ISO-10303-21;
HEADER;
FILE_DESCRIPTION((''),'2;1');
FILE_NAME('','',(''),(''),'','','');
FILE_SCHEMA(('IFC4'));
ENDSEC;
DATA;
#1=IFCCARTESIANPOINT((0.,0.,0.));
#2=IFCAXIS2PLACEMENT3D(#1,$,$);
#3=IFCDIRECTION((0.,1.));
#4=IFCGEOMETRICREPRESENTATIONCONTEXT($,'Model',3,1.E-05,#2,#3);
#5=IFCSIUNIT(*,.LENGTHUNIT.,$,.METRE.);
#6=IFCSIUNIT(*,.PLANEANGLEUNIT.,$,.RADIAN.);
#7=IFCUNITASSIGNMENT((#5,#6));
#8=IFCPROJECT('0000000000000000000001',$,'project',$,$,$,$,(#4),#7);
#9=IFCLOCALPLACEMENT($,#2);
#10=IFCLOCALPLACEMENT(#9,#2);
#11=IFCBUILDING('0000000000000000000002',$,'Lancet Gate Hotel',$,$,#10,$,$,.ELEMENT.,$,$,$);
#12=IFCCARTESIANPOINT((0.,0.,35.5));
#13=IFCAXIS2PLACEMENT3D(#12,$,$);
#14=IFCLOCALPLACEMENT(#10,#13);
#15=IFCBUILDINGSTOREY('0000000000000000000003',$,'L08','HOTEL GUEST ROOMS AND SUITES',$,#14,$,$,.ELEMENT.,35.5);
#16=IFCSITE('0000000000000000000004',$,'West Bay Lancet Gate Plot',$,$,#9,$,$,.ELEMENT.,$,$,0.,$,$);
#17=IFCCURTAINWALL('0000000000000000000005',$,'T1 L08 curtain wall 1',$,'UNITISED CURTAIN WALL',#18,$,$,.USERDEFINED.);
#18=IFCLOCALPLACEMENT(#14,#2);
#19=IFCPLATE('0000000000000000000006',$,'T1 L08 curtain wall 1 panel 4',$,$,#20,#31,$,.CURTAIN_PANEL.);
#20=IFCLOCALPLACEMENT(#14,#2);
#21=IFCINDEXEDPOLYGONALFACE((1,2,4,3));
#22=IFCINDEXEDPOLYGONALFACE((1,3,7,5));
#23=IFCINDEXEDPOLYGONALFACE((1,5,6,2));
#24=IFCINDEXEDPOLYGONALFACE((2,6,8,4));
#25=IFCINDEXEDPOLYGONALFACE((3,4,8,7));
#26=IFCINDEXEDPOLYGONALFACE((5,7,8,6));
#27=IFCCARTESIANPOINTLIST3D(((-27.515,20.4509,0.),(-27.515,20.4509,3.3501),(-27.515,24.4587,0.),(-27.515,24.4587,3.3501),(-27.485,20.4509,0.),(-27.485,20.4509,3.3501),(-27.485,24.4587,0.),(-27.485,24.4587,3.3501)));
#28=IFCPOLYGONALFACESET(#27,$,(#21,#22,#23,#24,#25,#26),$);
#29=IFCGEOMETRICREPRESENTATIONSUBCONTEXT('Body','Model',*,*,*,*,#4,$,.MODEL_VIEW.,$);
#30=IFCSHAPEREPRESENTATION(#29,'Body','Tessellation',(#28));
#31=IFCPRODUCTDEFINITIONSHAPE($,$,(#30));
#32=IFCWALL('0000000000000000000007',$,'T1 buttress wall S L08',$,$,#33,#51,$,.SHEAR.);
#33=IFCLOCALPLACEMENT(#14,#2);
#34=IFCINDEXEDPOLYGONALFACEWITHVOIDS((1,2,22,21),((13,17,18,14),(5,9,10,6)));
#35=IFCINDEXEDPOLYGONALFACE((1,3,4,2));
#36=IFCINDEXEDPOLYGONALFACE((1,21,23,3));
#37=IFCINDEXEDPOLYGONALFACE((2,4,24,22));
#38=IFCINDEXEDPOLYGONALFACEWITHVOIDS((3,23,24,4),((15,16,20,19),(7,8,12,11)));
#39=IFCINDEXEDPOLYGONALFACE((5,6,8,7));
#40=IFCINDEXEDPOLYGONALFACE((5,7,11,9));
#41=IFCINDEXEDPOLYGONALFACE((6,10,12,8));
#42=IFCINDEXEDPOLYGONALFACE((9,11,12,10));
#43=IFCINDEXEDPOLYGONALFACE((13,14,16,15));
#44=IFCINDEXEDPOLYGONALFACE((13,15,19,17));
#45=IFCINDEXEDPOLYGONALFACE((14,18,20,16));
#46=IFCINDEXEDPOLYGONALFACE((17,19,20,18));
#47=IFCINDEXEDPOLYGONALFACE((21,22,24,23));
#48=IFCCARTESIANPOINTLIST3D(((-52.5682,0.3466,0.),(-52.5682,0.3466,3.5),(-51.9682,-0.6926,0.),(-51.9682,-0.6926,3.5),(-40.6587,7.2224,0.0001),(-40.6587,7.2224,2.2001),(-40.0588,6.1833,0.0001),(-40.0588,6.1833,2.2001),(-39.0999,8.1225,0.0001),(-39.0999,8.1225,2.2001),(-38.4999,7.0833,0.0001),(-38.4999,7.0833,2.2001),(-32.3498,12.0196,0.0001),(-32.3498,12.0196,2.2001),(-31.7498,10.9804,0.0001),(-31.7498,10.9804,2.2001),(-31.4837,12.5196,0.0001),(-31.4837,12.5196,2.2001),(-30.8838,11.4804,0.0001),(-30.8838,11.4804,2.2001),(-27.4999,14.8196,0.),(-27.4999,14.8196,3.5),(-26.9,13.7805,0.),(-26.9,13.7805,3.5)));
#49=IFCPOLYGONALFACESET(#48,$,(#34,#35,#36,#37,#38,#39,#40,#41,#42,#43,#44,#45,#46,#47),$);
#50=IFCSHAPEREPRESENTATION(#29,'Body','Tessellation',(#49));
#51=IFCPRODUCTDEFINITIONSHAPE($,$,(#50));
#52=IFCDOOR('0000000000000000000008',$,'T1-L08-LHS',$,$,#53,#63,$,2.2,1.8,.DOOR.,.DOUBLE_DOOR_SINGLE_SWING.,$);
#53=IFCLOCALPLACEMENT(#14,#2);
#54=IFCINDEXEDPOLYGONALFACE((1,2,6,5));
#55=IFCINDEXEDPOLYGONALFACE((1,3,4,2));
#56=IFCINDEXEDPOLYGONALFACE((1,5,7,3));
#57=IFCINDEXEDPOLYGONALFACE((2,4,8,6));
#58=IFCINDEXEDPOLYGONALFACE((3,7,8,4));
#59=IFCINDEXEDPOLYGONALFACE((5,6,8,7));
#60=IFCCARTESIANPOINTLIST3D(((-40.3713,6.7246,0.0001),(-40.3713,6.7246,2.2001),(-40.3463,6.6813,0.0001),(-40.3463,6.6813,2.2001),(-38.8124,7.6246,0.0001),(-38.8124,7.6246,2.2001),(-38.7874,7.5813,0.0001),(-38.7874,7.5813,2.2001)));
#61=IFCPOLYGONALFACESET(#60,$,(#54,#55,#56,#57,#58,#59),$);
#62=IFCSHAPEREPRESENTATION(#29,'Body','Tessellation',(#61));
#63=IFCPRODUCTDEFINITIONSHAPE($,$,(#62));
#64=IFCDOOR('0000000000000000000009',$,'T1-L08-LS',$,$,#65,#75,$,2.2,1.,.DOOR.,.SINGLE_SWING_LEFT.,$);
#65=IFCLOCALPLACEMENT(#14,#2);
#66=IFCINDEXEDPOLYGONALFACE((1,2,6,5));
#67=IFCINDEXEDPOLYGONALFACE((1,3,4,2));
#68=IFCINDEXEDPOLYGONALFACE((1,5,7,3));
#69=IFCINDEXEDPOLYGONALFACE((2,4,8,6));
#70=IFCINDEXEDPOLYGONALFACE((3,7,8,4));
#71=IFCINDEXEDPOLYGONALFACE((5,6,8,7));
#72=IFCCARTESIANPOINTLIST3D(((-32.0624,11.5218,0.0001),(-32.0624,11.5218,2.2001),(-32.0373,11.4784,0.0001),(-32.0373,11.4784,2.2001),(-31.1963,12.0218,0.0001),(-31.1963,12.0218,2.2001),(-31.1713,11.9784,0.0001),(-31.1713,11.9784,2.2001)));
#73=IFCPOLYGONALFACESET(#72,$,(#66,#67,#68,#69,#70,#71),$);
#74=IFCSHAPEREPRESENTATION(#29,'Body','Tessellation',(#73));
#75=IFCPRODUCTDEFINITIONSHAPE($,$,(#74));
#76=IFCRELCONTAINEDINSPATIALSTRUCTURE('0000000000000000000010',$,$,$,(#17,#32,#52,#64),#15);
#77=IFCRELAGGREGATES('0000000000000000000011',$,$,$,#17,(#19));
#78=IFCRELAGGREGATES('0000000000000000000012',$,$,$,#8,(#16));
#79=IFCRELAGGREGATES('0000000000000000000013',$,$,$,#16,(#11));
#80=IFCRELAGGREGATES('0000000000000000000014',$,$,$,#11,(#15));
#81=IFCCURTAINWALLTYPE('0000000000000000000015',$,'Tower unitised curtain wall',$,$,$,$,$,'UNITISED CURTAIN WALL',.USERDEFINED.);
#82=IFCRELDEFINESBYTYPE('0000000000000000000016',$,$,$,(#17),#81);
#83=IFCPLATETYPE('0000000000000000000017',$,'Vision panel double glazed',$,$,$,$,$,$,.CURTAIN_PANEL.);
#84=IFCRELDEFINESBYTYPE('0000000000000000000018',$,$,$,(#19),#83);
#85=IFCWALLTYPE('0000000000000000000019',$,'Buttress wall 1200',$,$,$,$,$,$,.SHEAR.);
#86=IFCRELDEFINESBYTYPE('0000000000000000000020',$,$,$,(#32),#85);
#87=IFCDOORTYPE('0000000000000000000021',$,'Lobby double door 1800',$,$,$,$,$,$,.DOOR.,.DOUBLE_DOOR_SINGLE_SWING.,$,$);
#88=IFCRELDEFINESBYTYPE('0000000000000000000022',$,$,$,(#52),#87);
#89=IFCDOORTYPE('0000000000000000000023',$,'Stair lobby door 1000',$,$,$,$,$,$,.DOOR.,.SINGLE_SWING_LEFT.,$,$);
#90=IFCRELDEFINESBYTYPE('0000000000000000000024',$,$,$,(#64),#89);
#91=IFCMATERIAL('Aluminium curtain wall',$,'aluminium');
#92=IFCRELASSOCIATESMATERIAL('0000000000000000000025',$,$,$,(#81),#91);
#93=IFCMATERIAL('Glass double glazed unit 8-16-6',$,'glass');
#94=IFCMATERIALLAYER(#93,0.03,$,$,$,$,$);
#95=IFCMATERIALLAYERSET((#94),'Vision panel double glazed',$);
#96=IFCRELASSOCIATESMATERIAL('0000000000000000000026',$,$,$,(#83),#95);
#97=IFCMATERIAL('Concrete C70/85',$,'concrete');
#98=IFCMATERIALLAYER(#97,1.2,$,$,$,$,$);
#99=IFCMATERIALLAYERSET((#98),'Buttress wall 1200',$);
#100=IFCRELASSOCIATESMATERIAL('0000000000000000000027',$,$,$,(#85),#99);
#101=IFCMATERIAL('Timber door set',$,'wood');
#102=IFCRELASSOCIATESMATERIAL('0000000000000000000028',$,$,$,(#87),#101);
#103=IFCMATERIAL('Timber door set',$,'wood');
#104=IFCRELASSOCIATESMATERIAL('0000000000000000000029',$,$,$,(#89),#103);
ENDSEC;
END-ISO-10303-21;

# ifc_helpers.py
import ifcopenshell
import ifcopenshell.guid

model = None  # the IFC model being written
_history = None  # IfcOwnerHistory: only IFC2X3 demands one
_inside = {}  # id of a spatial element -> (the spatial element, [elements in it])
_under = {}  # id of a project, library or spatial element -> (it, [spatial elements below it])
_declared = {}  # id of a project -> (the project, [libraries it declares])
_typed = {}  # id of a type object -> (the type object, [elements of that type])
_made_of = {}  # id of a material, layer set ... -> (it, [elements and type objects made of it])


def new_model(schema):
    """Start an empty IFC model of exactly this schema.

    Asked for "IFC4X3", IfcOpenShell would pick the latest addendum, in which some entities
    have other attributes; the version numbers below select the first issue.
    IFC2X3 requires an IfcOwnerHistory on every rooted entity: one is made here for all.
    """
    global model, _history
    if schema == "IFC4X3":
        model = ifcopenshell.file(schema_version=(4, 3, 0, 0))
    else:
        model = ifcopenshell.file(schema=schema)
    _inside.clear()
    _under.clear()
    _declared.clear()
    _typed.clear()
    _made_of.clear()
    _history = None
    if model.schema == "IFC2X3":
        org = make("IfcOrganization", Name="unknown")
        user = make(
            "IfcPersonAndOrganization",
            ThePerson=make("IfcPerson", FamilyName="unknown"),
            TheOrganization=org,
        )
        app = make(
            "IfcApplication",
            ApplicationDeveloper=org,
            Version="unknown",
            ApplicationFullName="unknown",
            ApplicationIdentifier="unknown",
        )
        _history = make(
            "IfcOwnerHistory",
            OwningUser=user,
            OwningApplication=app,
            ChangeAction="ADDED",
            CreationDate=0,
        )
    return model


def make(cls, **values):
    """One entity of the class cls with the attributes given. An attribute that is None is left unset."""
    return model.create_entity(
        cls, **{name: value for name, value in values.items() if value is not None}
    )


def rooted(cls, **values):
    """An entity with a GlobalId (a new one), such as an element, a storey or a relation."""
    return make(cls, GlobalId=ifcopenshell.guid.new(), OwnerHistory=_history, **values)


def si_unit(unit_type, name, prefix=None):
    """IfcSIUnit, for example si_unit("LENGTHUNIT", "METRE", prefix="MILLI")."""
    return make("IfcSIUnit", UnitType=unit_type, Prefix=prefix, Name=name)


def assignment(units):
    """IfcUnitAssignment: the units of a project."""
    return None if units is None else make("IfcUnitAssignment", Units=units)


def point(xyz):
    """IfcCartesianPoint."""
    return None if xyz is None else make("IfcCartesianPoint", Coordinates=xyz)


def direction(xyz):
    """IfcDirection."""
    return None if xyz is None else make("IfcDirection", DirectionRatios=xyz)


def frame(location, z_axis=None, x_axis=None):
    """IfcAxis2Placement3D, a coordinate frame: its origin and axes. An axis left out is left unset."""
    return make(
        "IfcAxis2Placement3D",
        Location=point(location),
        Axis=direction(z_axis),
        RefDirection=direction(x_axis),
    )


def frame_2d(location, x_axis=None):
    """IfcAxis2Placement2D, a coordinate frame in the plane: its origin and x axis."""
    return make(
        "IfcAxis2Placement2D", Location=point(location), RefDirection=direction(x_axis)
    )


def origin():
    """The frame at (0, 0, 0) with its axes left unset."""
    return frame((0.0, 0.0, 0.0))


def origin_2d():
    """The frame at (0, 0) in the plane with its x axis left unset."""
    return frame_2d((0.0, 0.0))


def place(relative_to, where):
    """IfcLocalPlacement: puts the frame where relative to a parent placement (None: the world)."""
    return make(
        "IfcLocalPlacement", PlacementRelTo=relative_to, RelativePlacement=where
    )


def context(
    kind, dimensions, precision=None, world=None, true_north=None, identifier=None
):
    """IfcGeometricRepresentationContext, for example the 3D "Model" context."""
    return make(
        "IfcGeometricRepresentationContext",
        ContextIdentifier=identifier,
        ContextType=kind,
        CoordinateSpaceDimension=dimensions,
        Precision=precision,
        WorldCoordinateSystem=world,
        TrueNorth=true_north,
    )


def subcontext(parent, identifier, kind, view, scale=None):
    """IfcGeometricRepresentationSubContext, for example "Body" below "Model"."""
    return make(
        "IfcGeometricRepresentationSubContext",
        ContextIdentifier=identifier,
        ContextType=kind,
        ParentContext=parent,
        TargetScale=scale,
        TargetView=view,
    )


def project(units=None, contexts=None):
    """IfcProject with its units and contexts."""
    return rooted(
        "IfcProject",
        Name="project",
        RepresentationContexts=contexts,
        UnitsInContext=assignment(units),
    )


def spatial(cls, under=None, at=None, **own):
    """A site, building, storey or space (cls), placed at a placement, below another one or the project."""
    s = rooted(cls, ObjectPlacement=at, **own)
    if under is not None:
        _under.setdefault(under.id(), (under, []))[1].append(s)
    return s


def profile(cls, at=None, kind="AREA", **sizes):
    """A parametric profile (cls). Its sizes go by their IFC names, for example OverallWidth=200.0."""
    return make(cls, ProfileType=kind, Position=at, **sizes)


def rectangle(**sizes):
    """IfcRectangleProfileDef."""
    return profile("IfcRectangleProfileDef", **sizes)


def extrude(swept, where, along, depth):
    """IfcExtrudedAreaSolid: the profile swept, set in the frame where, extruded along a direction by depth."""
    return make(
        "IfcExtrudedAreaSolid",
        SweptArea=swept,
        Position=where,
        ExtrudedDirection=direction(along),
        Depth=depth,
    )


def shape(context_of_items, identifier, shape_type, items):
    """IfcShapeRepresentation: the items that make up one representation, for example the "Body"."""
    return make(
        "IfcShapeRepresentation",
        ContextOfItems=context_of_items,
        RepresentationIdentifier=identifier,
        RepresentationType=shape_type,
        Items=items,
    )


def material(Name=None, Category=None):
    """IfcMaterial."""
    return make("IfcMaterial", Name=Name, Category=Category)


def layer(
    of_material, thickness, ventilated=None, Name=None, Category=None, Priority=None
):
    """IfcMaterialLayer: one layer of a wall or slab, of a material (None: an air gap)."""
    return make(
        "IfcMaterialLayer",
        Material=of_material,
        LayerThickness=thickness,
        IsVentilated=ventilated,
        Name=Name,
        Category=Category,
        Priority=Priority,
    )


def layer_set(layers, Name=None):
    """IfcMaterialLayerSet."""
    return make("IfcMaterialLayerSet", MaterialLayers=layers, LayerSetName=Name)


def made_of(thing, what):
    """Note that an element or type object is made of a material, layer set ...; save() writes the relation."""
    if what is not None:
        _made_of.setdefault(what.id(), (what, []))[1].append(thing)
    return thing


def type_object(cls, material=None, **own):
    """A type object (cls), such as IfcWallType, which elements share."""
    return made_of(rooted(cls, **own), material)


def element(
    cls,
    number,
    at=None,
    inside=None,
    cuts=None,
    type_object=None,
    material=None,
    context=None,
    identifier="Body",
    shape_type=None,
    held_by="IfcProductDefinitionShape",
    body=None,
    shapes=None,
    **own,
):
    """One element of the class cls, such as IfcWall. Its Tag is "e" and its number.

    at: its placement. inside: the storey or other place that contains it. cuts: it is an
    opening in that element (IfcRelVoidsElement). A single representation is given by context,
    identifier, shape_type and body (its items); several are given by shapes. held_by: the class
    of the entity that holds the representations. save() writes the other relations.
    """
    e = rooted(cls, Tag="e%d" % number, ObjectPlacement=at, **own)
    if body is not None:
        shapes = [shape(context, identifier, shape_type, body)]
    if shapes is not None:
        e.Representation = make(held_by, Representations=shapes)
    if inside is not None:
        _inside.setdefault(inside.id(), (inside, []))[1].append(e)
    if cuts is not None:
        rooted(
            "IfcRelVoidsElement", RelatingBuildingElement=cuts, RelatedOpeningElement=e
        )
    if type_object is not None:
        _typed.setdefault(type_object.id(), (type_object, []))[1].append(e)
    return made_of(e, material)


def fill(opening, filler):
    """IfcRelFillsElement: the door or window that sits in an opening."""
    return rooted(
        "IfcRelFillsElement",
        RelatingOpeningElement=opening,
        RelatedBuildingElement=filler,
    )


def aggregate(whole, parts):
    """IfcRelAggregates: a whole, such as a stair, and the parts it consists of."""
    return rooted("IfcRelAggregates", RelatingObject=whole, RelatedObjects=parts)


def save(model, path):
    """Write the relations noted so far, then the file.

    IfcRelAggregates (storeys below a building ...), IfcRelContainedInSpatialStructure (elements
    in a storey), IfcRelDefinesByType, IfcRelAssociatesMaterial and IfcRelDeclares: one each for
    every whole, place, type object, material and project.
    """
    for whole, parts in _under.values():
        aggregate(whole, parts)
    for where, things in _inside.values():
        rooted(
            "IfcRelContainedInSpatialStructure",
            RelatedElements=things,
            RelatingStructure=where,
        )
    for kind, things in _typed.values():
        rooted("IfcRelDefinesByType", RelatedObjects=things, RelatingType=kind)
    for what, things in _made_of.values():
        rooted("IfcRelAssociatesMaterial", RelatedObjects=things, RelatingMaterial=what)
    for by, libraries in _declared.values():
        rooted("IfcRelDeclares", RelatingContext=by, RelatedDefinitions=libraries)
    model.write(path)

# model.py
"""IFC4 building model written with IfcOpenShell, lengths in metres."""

from ifc_helpers import new_model, si_unit, direction, frame, frame_2d, origin, origin_2d, place, context, subcontext, project, spatial, rectangle, extrude, material, layer, layer_set, type_object, element, fill, aggregate, save


model = new_model("IFC4")

# Units and contexts
model_context = context("Model", 3, precision=1e-05, world=origin(), true_north=direction((0.0, 1.0)))
body_context = subcontext(model_context, "Body", "Model", "MODEL_VIEW")
ifc_project = project(units=[si_unit("LENGTHUNIT", "METRE"), si_unit("PLANEANGLEUNIT", "RADIAN")], contexts=[model_context])

# Site, building, storey
site_placement = place(None, origin())
site = spatial("IfcSite", under=ifc_project, at=site_placement, Name="West Bay Lancet Gate Plot", CompositionType="ELEMENT", RefElevation=0.0)
building_placement = place(site_placement, origin())
building = spatial("IfcBuilding", under=site, at=building_placement, Name="Lancet Gate Hotel", CompositionType="ELEMENT")
storey_placement = place(building_placement, frame((0.0, 0.0, 35.5)))
storey = spatial("IfcBuildingStorey", under=building, at=storey_placement, Name="L08", Description="HOTEL GUEST ROOMS AND SUITES", CompositionType="ELEMENT", Elevation=35.5)

# Curtain wall
ifc_material_1 = material(Name="Aluminium curtain wall", Category="aluminium")
curtain_wall_type = type_object("IfcCurtainWallType", Name="Tower unitised curtain wall", ElementType="UNITISED CURTAIN WALL", PredefinedType="USERDEFINED", material=ifc_material_1)
curtain_wall_placement = place(storey_placement, origin())
curtain_wall = element("IfcCurtainWall", 1, at=curtain_wall_placement, inside=storey, type_object=curtain_wall_type, Name="T1 L08 curtain wall 1", ObjectType="UNITISED CURTAIN WALL", PredefinedType="USERDEFINED")

# Plate
ifc_material_2 = material(Name="Glass double glazed unit 8-16-6", Category="glass")
ifc_layer_1 = layer(ifc_material_2, 0.03)
ifc_layer_set_1 = layer_set([ifc_layer_1], Name="Vision panel double glazed")
plate_type = type_object("IfcPlateType", Name="Vision panel double glazed", PredefinedType="CURTAIN_PANEL", material=ifc_layer_set_1)
plate_1_placement = place(storey_placement, frame((-27.5, 22.4548, 0.0), z_axis=(0.0, 0.0, 1.0), x_axis=(0.0, 1.0, 0.0)))
plate_1 = element("IfcPlate", 2, at=plate_1_placement, type_object=plate_type, Name="T1 L08 curtain wall 1 panel 4", PredefinedType="CURTAIN_PANEL", context=body_context, shape_type="SweptSolid", body=[
    extrude(rectangle(XDim=4.0078, YDim=0.03, at=origin_2d()), origin(), (0.0, 0.0, 1.0), 3.3501),
])
aggregate(curtain_wall, [plate_1])

# Wall, openings, doors
ifc_material_3 = material(Name="Concrete C70/85", Category="concrete")
ifc_layer_2 = layer(ifc_material_3, 1.2)
ifc_layer_set_2 = layer_set([ifc_layer_2], Name="Buttress wall 1200")
wall_type = type_object("IfcWallType", Name="Buttress wall 1200", PredefinedType="SHEAR", material=ifc_layer_set_2)
wall_placement = place(storey_placement, frame((-27.2, 14.3, 0.0), z_axis=(0.0, 0.0, 1.0), x_axis=(-0.866027, -0.499998, 0.0)))
wall = element("IfcWall", 3, at=wall_placement, inside=storey, type_object=wall_type, Name="T1 buttress wall S L08", PredefinedType="SHEAR", context=body_context, shape_type="SweptSolid", body=[
    extrude(rectangle(XDim=28.9463, YDim=1.2, at=frame_2d((14.4731, 0.0))), origin(), (0.0, 0.0, 1.0), 3.5),
])
opening_1_placement = place(wall_placement, frame((4.6001, 0.0, 0.0)))
opening_1 = element("IfcOpeningElement", 4, at=opening_1_placement, cuts=wall, PredefinedType="OPENING", context=body_context, shape_type="SweptSolid", body=[
    extrude(rectangle(XDim=1.0, YDim=2.2, at=frame_2d((0.5, 1.1001))), frame((0.0, 0.6099, 0.0), z_axis=(0.0, -1.0, 0.0), x_axis=(1.0, 0.0, 0.0)), (0.0, 0.0, 1.0), 1.22),
])
opening_2_placement = place(wall_placement, frame((13.3945, 0.0, 0.0)))
opening_2 = element("IfcOpeningElement", 5, at=opening_2_placement, cuts=wall, PredefinedType="OPENING", context=body_context, shape_type="SweptSolid", body=[
    extrude(rectangle(XDim=1.8, YDim=2.2, at=frame_2d((0.8999, 1.1001))), frame((0.0, 0.6099, 0.0), z_axis=(0.0, -1.0, 0.0), x_axis=(1.0, 0.0, 0.0)), (0.0, 0.0, 1.0), 1.22),
])
ifc_material_4 = material(Name="Timber door set", Category="wood")
door_type_1 = type_object("IfcDoorType", Name="Lobby double door 1800", OperationType="DOUBLE_DOOR_SINGLE_SWING", PredefinedType="DOOR", material=ifc_material_4)
door_1_placement = place(opening_2_placement, origin())
door_1 = element("IfcDoor", 6, at=door_1_placement, inside=storey, type_object=door_type_1, Name="T1-L08-LHS", OperationType="DOUBLE_DOOR_SINGLE_SWING", OverallHeight=2.2, OverallWidth=1.8, PredefinedType="DOOR", context=body_context, shape_type="SweptSolid", body=[
    extrude(rectangle(XDim=1.8, YDim=2.2, at=frame_2d((0.8999, 1.1001))), frame((0.0, 0.0249, 0.0), z_axis=(0.0, -1.0, 0.0), x_axis=(1.0, 0.0, 0.0)), (0.0, 0.0, 1.0), 0.05),
])
fill(opening_2, door_1)
ifc_material_5 = material(Name="Timber door set", Category="wood")
door_type_2 = type_object("IfcDoorType", Name="Stair lobby door 1000", OperationType="SINGLE_SWING_LEFT", PredefinedType="DOOR", material=ifc_material_5)
door_2_placement = place(opening_1_placement, origin())
door_2 = element("IfcDoor", 7, at=door_2_placement, inside=storey, type_object=door_type_2, Name="T1-L08-LS", OperationType="SINGLE_SWING_LEFT", OverallHeight=2.2, OverallWidth=1.0, PredefinedType="DOOR", context=body_context, shape_type="SweptSolid", body=[
    extrude(rectangle(XDim=1.0, YDim=2.2, at=frame_2d((0.5, 1.1001))), frame((0.0, 0.0249, 0.0), z_axis=(0.0, -1.0, 0.0), x_axis=(1.0, 0.0, 0.0)), (0.0, 0.0, 1.0), 0.05),
])
fill(opening_1, door_2)

save(model, "model.ifc")
